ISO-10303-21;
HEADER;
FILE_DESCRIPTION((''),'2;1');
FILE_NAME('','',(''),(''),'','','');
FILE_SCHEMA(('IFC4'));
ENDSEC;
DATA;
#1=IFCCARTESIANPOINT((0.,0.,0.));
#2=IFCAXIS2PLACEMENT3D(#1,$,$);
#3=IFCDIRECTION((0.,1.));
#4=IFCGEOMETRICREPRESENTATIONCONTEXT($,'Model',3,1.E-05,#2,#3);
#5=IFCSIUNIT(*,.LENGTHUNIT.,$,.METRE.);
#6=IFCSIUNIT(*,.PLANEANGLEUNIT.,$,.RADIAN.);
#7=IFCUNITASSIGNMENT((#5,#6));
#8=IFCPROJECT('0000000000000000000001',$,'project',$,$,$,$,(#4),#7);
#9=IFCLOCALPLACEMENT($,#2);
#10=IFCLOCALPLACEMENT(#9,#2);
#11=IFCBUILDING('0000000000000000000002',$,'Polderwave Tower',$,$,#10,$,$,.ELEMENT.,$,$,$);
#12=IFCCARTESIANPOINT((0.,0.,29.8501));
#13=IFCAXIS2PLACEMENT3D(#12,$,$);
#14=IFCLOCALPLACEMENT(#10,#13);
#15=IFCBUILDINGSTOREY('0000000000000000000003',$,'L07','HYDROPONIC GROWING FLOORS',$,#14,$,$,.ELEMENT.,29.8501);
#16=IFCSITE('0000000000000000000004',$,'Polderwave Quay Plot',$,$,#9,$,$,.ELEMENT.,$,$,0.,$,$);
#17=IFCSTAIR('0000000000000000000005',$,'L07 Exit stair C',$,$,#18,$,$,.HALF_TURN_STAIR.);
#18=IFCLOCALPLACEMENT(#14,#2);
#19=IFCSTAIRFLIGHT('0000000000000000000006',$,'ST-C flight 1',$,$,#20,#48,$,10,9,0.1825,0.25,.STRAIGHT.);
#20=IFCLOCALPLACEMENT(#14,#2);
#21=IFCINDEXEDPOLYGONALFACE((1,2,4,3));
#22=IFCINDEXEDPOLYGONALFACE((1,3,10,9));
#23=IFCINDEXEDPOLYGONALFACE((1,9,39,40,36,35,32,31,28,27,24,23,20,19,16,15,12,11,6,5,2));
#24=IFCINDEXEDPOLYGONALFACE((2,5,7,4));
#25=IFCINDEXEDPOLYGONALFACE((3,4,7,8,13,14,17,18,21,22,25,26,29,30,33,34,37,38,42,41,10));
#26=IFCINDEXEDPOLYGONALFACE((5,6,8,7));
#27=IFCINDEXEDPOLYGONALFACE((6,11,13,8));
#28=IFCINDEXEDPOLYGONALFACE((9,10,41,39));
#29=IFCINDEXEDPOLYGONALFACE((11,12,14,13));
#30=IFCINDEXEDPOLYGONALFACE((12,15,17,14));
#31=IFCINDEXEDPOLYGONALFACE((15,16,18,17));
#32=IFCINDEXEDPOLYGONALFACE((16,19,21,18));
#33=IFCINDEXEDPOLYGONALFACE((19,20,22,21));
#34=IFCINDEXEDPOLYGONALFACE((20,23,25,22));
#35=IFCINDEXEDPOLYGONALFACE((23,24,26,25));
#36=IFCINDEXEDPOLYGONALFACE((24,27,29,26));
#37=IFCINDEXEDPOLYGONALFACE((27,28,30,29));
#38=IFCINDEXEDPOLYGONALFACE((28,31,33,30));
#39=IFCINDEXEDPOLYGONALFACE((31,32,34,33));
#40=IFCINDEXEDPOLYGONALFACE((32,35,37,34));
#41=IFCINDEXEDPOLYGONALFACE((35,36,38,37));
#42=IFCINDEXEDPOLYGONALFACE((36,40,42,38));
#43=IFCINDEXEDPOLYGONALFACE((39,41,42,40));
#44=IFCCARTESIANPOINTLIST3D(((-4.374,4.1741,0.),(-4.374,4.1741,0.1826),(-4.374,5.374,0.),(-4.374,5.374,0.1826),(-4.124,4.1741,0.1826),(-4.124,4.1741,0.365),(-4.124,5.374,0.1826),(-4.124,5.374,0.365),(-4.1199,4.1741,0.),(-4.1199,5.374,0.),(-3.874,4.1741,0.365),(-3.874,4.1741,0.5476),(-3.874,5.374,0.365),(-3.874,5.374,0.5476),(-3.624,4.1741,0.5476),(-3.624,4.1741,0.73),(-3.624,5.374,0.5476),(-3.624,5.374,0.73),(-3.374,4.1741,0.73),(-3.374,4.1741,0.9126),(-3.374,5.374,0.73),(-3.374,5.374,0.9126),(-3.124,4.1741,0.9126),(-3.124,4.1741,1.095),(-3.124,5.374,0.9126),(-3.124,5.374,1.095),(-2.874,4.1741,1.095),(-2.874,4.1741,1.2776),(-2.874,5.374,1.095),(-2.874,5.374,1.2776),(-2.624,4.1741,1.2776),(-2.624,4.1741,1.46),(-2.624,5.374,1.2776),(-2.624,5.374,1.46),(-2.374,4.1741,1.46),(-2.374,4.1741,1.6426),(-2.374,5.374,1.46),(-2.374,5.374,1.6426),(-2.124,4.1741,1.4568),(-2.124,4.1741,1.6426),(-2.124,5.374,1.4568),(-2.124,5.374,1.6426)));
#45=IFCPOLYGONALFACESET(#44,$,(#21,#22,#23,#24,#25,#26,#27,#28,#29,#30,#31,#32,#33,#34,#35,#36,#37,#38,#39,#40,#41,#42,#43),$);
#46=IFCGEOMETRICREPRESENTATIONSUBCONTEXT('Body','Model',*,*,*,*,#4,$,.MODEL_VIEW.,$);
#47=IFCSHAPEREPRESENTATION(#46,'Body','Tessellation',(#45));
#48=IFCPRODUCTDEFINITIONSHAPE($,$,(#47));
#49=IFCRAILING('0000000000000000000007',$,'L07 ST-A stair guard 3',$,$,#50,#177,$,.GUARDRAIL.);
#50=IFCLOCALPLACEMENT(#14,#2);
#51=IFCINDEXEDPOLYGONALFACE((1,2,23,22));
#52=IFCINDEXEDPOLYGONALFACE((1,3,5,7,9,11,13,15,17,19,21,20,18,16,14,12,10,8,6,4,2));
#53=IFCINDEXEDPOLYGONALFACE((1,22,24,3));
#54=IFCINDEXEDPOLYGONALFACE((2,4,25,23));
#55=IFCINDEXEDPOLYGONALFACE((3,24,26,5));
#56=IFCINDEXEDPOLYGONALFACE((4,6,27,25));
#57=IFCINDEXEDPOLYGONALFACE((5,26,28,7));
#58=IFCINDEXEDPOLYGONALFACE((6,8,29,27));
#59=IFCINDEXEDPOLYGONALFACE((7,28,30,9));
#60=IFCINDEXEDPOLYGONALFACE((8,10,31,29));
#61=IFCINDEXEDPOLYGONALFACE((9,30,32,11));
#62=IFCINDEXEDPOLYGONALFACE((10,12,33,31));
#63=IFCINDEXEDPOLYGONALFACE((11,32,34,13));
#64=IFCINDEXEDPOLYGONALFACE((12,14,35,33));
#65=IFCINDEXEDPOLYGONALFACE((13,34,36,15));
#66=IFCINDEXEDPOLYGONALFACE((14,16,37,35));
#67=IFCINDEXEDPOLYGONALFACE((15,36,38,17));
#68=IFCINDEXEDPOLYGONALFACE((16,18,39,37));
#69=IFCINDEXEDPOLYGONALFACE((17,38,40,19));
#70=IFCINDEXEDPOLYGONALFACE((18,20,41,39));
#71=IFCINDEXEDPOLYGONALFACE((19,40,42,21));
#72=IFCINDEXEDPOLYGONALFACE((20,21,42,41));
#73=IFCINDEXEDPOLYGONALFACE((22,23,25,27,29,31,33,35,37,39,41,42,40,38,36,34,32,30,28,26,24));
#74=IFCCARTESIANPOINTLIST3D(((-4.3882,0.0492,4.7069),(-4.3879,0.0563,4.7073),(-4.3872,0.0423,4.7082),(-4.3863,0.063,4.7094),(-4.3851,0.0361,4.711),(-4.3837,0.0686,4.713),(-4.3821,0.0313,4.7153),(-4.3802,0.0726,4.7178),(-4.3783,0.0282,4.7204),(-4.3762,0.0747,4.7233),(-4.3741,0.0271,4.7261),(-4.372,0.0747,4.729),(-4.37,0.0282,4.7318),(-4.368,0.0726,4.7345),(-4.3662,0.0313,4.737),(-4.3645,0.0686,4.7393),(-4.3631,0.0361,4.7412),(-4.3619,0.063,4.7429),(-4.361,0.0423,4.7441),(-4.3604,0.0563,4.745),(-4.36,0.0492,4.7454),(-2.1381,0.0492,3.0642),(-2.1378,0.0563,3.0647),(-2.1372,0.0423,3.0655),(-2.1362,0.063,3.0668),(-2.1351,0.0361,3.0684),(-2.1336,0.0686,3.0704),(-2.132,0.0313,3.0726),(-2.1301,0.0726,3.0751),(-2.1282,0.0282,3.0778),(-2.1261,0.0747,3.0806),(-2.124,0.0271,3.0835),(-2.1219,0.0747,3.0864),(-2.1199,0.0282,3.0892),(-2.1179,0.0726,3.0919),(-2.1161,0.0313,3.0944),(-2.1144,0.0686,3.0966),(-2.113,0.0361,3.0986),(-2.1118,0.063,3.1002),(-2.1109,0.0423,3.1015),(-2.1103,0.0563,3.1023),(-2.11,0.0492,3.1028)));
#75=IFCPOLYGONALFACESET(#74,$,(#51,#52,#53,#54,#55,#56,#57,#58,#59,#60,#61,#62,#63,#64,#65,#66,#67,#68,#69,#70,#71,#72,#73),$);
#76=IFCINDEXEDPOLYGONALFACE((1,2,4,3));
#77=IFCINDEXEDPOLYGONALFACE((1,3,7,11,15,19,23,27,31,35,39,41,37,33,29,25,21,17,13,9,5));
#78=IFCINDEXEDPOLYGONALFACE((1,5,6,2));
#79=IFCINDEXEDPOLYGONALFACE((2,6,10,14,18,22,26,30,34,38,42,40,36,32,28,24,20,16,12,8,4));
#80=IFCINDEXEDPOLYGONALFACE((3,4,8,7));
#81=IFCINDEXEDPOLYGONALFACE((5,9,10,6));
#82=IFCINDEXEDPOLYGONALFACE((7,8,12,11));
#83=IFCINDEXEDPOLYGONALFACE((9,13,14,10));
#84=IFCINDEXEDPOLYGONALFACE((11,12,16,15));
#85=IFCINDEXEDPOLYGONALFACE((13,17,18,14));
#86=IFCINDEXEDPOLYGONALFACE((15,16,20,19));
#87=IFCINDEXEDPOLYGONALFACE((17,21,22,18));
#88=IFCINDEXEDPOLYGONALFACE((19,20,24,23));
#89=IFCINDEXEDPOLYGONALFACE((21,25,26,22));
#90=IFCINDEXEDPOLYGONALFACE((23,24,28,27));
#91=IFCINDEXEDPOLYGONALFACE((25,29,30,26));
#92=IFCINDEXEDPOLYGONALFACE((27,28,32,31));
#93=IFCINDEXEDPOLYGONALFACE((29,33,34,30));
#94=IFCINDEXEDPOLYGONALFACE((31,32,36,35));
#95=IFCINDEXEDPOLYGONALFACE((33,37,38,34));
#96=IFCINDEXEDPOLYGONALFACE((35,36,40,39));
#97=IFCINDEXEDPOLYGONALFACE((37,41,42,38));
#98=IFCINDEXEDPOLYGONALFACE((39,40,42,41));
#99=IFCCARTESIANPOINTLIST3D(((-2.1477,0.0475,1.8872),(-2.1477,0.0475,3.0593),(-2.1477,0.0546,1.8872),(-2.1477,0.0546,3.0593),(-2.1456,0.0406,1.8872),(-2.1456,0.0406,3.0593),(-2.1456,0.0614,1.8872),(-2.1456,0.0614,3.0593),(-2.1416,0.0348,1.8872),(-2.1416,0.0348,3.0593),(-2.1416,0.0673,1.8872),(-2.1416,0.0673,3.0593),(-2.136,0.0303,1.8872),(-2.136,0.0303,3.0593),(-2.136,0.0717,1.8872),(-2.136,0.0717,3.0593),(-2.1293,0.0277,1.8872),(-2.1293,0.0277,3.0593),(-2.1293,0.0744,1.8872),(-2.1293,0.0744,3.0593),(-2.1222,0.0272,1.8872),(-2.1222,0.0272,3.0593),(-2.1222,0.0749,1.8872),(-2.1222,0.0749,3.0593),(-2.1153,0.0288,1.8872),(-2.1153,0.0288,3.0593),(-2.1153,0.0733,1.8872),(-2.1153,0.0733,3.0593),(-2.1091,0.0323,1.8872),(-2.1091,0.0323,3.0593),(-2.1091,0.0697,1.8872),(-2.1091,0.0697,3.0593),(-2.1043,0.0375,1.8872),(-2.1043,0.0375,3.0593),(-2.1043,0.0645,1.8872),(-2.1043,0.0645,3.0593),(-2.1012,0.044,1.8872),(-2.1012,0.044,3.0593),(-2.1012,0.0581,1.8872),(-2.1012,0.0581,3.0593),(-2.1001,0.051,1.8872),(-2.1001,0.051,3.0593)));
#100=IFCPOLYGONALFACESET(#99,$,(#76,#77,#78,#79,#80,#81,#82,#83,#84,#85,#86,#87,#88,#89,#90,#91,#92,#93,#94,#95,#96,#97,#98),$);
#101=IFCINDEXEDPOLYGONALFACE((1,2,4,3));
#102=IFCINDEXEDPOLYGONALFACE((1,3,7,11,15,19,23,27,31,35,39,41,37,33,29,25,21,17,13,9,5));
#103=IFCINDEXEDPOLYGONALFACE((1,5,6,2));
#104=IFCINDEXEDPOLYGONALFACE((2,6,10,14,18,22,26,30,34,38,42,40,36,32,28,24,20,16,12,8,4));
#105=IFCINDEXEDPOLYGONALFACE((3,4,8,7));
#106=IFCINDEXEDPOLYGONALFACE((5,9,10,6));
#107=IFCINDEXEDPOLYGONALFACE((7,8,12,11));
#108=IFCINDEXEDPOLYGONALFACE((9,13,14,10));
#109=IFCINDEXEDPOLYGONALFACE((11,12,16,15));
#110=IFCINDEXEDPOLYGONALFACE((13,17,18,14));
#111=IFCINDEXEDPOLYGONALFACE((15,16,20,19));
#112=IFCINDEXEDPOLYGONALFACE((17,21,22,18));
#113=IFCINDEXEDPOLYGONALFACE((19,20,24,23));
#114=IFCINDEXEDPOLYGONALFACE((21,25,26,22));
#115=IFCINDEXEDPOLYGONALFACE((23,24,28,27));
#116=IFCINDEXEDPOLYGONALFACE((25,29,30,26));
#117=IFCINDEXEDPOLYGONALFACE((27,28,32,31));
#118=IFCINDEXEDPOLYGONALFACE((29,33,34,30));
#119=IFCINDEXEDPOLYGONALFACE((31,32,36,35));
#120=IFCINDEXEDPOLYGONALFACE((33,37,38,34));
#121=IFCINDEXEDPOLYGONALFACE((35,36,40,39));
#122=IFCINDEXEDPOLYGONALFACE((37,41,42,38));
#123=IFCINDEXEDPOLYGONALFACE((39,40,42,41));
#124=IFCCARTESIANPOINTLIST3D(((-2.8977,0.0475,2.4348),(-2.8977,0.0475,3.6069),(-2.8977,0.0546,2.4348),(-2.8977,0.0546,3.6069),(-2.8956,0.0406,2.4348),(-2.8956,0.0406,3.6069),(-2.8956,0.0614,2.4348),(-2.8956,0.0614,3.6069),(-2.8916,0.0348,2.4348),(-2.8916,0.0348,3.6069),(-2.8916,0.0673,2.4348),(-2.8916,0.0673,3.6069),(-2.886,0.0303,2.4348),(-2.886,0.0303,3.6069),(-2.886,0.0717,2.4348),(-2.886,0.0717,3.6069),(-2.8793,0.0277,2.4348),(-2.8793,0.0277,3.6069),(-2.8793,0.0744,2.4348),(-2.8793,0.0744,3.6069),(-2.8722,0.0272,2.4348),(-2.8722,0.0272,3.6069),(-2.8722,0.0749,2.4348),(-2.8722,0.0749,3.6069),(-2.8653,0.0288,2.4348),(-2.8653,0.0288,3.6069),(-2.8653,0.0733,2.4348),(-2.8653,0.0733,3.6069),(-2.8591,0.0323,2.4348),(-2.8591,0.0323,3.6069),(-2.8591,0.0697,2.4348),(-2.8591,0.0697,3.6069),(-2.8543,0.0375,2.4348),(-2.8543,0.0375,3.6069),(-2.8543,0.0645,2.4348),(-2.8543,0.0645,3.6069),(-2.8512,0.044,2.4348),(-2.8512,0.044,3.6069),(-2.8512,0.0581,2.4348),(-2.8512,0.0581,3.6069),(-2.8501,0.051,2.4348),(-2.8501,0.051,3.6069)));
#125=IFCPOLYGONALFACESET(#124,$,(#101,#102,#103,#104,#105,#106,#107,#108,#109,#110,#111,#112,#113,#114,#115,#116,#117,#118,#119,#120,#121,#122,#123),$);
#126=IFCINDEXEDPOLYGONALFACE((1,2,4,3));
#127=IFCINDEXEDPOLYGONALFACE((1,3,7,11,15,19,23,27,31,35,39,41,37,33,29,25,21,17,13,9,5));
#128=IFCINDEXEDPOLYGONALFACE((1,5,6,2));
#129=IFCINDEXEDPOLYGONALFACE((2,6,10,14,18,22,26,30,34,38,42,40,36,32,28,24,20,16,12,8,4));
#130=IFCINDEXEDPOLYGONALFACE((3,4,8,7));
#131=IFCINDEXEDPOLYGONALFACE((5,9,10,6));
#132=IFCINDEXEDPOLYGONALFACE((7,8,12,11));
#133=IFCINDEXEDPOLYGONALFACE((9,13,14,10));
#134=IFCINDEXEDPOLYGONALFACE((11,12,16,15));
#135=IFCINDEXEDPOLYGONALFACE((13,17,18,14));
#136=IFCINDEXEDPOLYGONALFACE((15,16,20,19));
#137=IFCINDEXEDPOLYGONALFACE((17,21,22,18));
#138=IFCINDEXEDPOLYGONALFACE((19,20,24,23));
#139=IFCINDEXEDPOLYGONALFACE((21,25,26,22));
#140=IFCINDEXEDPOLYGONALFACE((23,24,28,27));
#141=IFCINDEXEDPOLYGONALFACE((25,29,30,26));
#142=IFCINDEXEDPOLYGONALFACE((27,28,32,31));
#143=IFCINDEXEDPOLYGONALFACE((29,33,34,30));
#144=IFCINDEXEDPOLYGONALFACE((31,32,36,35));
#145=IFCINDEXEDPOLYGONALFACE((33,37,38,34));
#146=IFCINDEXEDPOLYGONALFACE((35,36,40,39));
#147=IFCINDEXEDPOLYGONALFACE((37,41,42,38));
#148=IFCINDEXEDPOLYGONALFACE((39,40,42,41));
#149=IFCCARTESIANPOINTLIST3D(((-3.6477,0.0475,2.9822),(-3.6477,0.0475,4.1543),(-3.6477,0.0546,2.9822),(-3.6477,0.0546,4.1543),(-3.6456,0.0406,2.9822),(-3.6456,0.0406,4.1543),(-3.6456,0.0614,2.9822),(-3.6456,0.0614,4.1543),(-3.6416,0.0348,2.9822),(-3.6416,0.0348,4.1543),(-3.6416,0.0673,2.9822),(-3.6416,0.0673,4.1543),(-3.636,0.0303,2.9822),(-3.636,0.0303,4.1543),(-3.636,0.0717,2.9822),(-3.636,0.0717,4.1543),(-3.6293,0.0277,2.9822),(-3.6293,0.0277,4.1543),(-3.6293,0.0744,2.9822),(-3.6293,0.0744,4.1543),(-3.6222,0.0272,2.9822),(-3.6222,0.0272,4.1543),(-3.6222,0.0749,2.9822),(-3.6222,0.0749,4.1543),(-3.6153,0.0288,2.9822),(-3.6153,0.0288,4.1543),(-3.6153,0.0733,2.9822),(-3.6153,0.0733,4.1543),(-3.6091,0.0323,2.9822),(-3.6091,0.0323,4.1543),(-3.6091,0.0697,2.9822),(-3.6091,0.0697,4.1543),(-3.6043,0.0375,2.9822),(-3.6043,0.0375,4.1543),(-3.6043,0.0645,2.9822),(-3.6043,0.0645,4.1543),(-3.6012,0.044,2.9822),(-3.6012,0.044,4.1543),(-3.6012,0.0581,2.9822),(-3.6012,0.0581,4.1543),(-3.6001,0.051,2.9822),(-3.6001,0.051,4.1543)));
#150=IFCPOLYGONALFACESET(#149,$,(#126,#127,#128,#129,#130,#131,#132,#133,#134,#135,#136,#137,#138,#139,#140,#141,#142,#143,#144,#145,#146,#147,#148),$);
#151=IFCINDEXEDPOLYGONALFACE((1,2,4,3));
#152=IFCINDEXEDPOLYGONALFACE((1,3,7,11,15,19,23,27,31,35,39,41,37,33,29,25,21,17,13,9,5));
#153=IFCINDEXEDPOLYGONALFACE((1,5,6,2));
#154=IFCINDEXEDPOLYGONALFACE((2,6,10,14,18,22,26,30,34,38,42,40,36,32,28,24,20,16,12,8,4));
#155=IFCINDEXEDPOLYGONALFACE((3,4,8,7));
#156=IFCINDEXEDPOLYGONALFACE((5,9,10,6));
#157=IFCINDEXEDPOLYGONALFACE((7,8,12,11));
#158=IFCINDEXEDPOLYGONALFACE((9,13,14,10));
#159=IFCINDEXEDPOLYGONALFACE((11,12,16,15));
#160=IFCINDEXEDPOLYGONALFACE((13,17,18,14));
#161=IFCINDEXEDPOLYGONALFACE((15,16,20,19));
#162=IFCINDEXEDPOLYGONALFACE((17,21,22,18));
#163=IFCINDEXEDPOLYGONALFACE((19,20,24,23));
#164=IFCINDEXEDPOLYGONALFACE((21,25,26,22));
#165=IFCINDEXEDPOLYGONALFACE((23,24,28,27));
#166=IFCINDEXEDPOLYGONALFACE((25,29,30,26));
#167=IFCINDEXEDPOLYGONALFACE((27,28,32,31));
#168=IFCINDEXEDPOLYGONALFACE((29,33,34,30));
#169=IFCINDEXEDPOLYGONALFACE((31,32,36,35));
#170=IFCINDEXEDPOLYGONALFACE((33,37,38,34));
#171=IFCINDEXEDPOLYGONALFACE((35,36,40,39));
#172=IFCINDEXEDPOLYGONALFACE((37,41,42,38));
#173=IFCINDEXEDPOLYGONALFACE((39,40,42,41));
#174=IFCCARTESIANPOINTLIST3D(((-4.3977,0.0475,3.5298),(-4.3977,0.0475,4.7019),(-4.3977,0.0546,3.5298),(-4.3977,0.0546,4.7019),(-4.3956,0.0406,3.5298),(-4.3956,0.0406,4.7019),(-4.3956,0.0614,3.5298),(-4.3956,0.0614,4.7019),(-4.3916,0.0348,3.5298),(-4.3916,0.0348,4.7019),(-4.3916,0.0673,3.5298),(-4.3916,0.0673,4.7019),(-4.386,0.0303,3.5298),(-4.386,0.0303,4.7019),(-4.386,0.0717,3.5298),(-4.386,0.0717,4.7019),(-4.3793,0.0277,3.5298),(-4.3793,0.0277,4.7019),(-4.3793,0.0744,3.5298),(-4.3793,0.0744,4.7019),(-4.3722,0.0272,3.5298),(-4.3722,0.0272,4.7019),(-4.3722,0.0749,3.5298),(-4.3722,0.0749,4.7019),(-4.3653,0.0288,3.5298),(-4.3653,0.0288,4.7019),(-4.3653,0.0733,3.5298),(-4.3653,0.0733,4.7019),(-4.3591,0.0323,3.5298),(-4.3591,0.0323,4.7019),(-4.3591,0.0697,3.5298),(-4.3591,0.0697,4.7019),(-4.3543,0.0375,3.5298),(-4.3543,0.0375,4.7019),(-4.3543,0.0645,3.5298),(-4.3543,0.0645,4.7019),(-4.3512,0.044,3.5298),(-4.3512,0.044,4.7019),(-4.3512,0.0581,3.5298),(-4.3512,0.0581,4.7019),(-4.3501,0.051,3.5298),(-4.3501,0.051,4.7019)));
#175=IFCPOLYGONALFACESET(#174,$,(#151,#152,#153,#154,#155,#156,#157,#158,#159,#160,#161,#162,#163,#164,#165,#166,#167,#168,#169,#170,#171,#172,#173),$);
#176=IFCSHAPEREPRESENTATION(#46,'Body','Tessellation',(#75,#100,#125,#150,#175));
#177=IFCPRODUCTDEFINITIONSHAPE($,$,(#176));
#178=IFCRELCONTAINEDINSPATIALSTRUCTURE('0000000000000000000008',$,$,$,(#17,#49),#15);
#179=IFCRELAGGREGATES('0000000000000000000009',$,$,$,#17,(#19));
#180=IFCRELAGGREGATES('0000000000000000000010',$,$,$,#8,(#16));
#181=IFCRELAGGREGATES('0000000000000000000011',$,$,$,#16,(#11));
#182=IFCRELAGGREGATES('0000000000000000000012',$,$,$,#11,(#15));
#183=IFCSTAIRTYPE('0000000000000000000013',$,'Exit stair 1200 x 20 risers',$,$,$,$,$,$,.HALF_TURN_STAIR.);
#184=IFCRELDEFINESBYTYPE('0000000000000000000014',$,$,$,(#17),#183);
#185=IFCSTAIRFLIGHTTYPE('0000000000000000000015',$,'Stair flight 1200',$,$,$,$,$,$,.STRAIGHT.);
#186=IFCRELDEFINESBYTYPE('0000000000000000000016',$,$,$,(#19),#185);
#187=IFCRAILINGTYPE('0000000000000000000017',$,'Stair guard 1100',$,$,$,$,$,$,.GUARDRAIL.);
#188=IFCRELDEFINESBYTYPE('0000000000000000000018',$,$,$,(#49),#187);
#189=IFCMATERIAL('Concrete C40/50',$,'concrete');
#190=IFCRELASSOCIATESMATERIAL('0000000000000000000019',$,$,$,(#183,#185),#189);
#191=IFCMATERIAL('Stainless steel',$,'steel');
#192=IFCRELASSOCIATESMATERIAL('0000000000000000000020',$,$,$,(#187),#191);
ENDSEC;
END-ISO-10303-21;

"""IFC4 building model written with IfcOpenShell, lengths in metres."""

from ifc_helpers import new_model, si_unit, direction, frame, origin, origin_2d, place, context, subcontext, project, spatial, polyline, circle, outline, extrude, material, type_object, element, aggregate, save


model = new_model("IFC4")

# Units and contexts
model_context = context("Model", 3, precision=1e-05, world=origin(), true_north=direction((0.0, 1.0)))
body_context = subcontext(model_context, "Body", "Model", "MODEL_VIEW")
ifc_project = project(units=[si_unit("LENGTHUNIT", "METRE"), si_unit("PLANEANGLEUNIT", "RADIAN")], contexts=[model_context])

# Site, building, storey
site_placement = place(None, origin())
site = spatial("IfcSite", under=ifc_project, at=site_placement, Name="Polderwave Quay Plot", CompositionType="ELEMENT", RefElevation=0.0)
building_placement = place(site_placement, origin())
building = spatial("IfcBuilding", under=site, at=building_placement, Name="Polderwave Tower", CompositionType="ELEMENT")
storey_placement = place(building_placement, frame((0.0, 0.0, 29.8501)))
storey = spatial("IfcBuildingStorey", under=building, at=storey_placement, Name="L07", Description="HYDROPONIC GROWING FLOORS", CompositionType="ELEMENT", Elevation=29.8501)

# Shared definitions
ifc_material_1 = material(Name="Concrete C40/50", Category="concrete")

# Stair
stair_type = type_object("IfcStairType", Name="Exit stair 1200 x 20 risers", PredefinedType="HALF_TURN_STAIR", material=ifc_material_1)
stair_1_placement = place(storey_placement, origin())
stair_1 = element("IfcStair", 1, at=stair_1_placement, inside=storey, type_object=stair_type, Name="L07 Exit stair C", PredefinedType="HALF_TURN_STAIR")

# Stair flight
stair_flight_type = type_object("IfcStairFlightType", Name="Stair flight 1200", PredefinedType="STRAIGHT", material=ifc_material_1)
stair_flight_1_placement = place(storey_placement, frame((-4.374, 4.7739, 0.0), z_axis=(0.0, 0.0, 1.0), x_axis=(1.0, 0.0, 0.0)))
stair_flight_1 = element("IfcStairFlight", 2, at=stair_flight_1_placement, type_object=stair_flight_type, Name="ST-C flight 1", NumberOfRisers=10, NumberOfTreads=9, PredefinedType="STRAIGHT", RiserHeight=0.1825, TreadLength=0.25, context=body_context, shape_type="SweptSolid", body=[
    extrude(outline(polyline([(0.0, 0.0), (0.0, 0.1826), (0.25, 0.1826), (0.25, 0.365), (0.5, 0.365), (0.5, 0.5476), (0.75, 0.5476), (0.75, 0.73), (1.0, 0.73), (1.0, 0.9126), (1.25, 0.9126), (1.25, 1.095), (1.5, 1.095), (1.5, 1.2776), (1.75, 1.2776), (1.75, 1.46), (2.0, 1.46), (2.0, 1.6426), (2.25, 1.6426), (2.25, 1.825), (2.25, 1.4568), (0.2542, 0.0), (0.0, 0.0)])), frame((0.0, 0.6001, 0.0), z_axis=(0.0, -1.0, 0.0), x_axis=(1.0, 0.0, 0.0)), (0.0, 0.0, 1.0), 1.2),
])
aggregate(stair_1, [stair_flight_1])

# Railing
ifc_material_2 = material(Name="Stainless steel", Category="steel")
railing_type_1 = type_object("IfcRailingType", Name="Stair guard 1100", PredefinedType="GUARDRAIL", material=ifc_material_2)
railing_1_placement = place(storey_placement, frame((-2.124, 0.051, 1.8872)))
element("IfcRailing", 3, at=railing_1_placement, inside=storey, type_object=railing_type_1, Name="L07 ST-A stair guard 3", PredefinedType="GUARDRAIL", context=body_context, shape_type="SweptSolid", body=[
    extrude(circle(Radius=0.0239, at=origin_2d()), frame((0.0, 0.0, 1.1963), z_axis=(-0.807674, 0.0, 0.58963), x_axis=(0.0, -1.0, 0.0)), (0.0, 0.0, 1.0), 2.7859),
    extrude(circle(Radius=0.0239, at=origin_2d()), origin(), (0.0, 0.0, 1.0), 1.1721),
    extrude(circle(Radius=0.0239, at=origin_2d()), frame((-0.75, 0.0, 0.5476)), (0.0, 0.0, 1.0), 1.1721),
    extrude(circle(Radius=0.0239, at=origin_2d()), frame((-1.5, 0.0, 1.095)), (0.0, 0.0, 1.0), 1.1721),
    extrude(circle(Radius=0.0239, at=origin_2d()), frame((-2.25, 0.0, 1.6426)), (0.0, 0.0, 1.0), 1.1721),
])

save(model, "model.ifc")
